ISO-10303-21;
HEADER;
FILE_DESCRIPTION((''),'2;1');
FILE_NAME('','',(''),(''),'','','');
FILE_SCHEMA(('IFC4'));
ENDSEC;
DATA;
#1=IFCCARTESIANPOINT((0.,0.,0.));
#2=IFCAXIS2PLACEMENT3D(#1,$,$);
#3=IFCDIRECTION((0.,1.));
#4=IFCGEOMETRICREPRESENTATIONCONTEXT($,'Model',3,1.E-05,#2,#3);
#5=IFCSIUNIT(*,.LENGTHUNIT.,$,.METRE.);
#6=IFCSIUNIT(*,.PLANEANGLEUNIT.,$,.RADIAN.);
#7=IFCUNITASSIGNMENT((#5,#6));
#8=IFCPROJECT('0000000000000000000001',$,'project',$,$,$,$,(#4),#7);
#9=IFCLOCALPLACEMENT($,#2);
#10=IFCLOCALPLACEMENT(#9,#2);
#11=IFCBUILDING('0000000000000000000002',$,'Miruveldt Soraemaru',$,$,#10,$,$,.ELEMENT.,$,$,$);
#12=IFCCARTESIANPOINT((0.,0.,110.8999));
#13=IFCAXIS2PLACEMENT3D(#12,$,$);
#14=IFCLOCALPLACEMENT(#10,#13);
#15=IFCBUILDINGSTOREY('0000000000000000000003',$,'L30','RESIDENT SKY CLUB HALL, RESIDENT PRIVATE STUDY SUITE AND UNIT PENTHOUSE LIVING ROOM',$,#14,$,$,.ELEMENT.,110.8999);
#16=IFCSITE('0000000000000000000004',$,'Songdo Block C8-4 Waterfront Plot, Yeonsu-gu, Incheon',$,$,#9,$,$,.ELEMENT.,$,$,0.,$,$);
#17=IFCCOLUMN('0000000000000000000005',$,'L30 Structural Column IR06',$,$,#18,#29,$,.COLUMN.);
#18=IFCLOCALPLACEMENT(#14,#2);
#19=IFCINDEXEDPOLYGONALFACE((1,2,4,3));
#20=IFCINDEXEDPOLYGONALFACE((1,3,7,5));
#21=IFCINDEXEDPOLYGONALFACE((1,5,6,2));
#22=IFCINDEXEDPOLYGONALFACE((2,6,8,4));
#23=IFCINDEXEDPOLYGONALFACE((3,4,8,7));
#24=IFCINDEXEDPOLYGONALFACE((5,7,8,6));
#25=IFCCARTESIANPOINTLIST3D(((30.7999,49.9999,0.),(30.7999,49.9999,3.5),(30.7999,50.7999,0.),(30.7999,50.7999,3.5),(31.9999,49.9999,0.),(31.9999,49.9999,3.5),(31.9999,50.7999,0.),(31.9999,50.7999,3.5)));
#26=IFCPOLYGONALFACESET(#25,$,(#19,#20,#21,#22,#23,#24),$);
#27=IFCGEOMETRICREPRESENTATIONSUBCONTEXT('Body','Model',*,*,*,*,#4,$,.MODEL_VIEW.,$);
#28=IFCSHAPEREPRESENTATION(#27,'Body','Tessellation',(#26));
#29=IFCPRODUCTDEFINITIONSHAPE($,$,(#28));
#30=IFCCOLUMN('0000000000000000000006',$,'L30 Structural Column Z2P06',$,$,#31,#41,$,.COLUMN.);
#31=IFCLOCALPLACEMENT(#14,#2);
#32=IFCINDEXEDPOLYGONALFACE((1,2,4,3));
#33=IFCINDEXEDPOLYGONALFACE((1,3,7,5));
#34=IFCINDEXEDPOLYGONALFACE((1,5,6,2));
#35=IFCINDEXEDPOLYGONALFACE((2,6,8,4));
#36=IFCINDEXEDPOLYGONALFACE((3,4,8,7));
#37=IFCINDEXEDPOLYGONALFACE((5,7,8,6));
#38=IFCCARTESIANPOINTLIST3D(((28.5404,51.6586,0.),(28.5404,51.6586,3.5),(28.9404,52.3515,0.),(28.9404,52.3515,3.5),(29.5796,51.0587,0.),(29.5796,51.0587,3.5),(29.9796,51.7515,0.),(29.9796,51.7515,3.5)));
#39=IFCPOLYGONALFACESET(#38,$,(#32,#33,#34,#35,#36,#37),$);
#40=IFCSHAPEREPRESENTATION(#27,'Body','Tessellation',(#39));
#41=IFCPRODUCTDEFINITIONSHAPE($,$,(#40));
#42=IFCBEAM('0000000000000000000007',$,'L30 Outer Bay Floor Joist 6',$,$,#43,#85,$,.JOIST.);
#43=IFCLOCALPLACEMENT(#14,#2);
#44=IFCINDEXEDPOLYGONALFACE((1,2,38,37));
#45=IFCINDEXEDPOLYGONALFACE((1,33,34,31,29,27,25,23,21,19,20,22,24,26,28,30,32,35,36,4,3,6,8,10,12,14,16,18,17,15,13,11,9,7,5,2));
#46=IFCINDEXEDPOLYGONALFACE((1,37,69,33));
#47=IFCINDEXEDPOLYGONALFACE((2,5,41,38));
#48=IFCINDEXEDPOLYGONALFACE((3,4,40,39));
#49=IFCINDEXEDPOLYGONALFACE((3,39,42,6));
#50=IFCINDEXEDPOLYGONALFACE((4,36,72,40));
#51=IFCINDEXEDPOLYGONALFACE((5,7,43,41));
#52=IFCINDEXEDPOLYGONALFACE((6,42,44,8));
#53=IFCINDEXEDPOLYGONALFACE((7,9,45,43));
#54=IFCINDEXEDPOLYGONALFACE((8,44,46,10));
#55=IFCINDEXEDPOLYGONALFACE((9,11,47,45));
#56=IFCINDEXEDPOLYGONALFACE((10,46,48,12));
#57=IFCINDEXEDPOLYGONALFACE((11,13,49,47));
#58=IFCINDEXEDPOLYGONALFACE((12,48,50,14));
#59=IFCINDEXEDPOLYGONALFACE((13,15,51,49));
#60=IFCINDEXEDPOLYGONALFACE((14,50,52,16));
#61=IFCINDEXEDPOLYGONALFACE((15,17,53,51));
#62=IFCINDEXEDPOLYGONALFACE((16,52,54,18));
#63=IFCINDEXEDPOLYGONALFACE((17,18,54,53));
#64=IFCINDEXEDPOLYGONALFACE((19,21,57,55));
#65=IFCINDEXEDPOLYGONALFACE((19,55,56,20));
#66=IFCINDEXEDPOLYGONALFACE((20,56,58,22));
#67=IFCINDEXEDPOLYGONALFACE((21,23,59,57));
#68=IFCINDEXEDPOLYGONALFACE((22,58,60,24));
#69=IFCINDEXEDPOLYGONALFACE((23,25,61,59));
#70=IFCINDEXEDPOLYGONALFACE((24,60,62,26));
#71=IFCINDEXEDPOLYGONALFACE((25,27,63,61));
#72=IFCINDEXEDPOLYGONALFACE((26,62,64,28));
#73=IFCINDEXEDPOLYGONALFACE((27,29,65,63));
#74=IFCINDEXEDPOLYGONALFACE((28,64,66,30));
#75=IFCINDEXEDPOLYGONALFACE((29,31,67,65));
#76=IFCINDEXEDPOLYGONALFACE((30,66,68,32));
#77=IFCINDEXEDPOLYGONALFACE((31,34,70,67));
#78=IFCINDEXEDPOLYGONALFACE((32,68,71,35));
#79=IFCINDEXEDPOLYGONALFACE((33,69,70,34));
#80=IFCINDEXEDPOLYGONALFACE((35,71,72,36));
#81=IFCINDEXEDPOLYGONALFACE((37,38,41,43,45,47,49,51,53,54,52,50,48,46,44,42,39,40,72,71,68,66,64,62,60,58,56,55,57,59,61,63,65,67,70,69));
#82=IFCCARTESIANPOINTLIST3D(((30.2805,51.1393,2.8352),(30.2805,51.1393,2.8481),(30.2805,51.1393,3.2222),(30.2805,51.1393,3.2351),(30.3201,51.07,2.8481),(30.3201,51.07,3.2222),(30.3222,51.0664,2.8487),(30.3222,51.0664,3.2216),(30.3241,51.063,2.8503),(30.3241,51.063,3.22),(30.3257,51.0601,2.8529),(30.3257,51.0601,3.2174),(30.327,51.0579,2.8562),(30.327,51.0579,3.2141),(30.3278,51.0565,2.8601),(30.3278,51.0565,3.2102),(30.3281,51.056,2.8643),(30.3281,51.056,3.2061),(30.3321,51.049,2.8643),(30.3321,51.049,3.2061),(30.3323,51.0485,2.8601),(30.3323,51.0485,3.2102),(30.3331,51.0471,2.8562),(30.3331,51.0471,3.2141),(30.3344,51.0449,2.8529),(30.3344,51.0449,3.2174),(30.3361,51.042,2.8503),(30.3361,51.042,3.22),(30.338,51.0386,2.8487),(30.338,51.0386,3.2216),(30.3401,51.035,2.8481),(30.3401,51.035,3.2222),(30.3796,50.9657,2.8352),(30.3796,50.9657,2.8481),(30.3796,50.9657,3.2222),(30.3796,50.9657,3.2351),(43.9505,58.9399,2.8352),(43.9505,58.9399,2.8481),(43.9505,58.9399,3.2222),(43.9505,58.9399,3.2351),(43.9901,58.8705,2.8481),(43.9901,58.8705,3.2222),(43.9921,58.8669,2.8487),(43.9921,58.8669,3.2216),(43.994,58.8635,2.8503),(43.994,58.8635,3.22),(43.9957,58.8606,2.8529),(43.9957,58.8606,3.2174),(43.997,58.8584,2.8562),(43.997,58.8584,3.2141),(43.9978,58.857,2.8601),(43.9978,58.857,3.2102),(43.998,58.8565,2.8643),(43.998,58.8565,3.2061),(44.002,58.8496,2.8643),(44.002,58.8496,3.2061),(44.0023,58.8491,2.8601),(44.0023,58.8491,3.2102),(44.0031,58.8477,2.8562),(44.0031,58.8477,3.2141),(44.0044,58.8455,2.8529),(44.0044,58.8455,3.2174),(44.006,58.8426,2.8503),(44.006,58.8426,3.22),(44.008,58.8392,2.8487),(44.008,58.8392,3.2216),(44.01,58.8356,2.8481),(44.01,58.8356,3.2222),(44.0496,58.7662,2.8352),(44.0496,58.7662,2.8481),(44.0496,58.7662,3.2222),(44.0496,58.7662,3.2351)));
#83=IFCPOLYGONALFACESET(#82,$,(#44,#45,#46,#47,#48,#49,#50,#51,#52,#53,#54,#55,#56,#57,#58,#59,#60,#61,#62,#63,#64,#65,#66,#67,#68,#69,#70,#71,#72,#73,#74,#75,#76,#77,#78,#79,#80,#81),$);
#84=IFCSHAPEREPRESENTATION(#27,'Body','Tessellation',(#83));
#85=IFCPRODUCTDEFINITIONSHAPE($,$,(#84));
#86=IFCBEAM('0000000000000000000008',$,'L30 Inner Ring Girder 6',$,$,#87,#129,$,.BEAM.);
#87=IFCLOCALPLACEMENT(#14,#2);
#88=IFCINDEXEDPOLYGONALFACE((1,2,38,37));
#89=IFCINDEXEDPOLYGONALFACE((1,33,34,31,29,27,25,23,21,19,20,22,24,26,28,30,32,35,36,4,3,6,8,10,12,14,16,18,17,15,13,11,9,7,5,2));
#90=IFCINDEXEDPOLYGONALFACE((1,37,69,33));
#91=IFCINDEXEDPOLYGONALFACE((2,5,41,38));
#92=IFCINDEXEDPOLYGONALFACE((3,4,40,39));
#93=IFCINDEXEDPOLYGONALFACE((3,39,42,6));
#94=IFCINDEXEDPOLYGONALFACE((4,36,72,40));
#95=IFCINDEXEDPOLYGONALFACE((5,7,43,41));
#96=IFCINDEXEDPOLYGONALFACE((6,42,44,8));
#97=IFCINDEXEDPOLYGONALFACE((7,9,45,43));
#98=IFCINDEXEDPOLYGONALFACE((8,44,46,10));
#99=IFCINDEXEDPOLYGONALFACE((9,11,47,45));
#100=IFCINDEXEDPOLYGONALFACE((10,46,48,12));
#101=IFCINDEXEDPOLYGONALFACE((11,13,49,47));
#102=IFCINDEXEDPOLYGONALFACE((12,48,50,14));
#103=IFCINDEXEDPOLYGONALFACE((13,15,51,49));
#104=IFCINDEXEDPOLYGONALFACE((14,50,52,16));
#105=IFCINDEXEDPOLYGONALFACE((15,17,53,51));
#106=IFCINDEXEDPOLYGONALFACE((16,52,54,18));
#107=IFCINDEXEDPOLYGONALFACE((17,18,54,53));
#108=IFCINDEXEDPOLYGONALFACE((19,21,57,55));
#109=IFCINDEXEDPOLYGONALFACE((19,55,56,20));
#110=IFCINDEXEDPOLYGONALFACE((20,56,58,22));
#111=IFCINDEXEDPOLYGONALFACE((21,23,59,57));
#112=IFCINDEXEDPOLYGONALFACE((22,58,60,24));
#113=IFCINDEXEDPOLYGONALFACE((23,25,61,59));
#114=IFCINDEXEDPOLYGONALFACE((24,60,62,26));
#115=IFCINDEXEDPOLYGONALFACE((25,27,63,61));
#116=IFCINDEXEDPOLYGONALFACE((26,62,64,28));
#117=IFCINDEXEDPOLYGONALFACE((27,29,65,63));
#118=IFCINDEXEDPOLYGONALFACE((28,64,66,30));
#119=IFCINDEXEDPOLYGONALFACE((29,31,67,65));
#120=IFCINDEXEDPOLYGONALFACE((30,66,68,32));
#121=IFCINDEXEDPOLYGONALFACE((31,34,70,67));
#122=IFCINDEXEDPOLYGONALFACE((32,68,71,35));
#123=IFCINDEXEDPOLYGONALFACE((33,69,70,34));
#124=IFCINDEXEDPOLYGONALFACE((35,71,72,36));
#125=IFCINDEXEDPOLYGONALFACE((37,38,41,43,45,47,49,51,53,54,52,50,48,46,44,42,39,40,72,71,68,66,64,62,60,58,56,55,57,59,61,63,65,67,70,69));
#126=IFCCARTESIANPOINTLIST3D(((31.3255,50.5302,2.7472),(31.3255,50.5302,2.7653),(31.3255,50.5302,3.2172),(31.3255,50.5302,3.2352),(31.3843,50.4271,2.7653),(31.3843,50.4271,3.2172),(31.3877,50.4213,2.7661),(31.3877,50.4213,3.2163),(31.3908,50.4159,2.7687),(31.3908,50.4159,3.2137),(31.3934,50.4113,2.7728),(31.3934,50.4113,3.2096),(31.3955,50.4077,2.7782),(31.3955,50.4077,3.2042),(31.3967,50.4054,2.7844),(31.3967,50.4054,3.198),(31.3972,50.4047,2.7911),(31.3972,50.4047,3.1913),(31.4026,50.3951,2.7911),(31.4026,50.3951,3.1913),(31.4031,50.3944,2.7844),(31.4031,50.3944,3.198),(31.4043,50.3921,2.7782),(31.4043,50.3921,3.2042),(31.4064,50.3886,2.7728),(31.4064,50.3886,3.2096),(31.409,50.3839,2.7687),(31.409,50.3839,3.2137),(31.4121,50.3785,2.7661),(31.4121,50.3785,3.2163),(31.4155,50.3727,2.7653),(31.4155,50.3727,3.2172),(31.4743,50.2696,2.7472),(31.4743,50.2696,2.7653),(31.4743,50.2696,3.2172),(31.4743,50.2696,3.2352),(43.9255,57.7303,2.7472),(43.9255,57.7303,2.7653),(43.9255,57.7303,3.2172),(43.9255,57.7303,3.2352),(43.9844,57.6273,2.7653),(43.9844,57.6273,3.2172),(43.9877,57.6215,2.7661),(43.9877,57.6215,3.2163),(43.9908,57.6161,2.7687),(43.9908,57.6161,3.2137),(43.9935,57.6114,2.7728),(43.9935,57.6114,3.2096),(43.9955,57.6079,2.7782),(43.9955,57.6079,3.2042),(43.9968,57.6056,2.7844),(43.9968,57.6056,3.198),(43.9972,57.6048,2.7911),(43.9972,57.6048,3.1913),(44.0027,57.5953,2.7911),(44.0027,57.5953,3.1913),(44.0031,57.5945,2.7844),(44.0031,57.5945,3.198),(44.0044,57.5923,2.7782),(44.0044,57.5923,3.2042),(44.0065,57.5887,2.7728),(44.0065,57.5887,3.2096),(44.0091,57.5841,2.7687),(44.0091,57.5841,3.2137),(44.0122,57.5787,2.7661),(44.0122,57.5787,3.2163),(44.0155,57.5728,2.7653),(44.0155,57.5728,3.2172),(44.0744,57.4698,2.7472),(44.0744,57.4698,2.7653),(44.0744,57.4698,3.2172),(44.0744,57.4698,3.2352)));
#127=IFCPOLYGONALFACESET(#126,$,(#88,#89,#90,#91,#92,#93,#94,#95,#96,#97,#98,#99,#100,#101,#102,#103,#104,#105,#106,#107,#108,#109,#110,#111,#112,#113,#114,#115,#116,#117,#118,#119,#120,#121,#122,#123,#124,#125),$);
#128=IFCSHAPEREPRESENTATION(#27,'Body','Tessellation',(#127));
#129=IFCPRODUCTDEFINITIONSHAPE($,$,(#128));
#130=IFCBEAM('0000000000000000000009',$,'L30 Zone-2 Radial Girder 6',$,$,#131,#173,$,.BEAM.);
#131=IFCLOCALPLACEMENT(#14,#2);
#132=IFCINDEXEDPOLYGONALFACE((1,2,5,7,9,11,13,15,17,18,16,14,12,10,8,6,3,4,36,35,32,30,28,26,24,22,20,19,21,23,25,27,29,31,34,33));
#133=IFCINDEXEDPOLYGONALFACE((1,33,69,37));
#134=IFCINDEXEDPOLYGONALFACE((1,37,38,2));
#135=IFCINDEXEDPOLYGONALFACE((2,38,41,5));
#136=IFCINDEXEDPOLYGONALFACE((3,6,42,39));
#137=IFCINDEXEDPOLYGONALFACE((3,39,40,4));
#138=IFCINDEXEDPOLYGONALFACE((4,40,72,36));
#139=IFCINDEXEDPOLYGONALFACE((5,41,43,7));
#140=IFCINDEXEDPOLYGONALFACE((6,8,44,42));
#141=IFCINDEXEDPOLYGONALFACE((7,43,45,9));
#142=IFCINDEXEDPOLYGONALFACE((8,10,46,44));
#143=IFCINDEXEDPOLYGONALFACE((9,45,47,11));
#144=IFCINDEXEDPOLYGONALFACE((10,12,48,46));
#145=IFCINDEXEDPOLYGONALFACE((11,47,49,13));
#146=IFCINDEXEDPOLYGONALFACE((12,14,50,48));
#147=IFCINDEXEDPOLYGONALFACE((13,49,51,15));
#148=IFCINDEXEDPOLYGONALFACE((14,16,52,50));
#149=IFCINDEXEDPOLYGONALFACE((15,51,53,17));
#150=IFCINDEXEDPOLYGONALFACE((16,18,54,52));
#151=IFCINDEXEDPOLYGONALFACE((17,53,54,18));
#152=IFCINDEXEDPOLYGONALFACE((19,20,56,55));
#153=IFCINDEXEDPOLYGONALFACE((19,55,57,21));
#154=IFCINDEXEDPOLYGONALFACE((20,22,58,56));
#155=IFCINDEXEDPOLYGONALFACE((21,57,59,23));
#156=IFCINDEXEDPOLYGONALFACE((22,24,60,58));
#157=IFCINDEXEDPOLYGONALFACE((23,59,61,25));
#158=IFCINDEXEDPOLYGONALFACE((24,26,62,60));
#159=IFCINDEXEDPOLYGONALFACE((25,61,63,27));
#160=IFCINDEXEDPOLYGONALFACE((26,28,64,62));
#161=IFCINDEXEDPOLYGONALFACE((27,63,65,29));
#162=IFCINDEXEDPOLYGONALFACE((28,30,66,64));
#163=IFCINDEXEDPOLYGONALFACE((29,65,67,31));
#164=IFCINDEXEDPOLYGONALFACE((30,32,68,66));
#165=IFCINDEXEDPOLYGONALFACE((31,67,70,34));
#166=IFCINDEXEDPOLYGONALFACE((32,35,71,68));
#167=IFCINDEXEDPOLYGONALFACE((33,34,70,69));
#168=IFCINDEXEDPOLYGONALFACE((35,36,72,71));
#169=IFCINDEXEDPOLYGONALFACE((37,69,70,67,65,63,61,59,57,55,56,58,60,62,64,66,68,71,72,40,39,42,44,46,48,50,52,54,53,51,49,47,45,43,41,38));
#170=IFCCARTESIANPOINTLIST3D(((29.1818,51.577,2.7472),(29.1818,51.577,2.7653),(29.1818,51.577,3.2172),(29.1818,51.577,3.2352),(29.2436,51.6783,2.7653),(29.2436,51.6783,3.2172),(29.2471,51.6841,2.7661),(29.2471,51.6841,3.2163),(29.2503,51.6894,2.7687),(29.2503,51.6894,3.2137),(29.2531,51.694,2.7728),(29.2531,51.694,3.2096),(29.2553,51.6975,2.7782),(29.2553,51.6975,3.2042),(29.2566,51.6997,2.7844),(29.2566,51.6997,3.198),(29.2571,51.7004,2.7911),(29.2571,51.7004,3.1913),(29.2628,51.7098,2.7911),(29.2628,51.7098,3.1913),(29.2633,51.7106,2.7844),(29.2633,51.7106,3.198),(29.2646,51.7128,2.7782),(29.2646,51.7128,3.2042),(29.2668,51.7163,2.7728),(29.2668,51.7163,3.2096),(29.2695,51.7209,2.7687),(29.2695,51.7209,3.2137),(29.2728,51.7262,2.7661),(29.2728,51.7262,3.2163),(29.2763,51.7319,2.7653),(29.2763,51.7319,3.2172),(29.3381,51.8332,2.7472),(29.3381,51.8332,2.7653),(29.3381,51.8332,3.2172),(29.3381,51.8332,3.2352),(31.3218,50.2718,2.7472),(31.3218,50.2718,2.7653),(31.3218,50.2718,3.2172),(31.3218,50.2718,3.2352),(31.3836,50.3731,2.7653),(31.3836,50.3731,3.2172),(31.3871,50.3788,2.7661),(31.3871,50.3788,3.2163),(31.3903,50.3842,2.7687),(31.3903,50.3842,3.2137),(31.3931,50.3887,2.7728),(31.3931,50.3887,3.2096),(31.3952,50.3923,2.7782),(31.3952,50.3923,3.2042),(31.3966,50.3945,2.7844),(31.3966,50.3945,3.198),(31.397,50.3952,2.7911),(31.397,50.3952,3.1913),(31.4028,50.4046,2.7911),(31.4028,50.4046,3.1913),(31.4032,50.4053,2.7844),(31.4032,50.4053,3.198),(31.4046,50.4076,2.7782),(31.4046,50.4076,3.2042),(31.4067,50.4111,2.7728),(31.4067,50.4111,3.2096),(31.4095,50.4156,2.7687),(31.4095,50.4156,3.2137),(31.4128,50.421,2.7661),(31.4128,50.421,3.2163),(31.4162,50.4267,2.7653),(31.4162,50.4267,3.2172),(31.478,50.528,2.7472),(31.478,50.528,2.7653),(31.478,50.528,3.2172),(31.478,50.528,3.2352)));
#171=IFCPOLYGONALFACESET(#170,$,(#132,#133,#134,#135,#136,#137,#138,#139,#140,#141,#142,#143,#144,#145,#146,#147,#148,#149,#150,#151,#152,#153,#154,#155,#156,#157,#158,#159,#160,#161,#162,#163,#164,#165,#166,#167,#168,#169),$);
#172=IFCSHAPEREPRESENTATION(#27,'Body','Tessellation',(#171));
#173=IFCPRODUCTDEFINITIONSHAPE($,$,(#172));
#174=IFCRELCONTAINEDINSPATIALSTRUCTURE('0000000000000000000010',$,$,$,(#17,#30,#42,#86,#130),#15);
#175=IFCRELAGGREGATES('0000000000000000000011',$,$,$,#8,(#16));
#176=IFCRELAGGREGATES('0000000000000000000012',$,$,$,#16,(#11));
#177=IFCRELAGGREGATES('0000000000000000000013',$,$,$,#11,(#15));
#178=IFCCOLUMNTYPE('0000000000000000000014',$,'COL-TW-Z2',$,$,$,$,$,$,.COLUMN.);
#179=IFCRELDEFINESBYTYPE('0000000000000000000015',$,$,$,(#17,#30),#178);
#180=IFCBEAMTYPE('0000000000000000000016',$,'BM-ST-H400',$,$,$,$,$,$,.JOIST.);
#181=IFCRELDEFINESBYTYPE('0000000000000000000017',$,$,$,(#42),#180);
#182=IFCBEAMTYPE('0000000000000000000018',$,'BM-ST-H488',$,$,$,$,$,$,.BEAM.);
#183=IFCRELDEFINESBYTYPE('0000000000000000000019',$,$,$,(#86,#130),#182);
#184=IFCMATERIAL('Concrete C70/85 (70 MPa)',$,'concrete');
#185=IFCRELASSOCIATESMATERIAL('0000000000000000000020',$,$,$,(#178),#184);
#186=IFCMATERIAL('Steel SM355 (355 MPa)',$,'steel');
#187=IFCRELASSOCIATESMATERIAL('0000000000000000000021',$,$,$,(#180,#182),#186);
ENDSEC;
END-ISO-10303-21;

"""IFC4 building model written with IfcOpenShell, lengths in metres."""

from ifc_helpers import new_model, si_unit, direction, frame, origin, origin_2d, place, context, subcontext, project, spatial, rectangle, i_section, extrude, material, material_profile, profile_set, type_object, element, save


model = new_model("IFC4")

# Units and contexts
model_context = context("Model", 3, precision=1e-05, world=origin(), true_north=direction((0.0, 1.0)))
body_context = subcontext(model_context, "Body", "Model", "MODEL_VIEW")
ifc_project = project(units=[si_unit("LENGTHUNIT", "METRE"), si_unit("PLANEANGLEUNIT", "RADIAN")], contexts=[model_context])

# Site, building, storey
site_placement = place(None, origin())
site = spatial("IfcSite", under=ifc_project, at=site_placement, Name="Songdo Block C8-4 Waterfront Plot, Yeonsu-gu, Incheon", CompositionType="ELEMENT", RefElevation=0.0)
building_placement = place(site_placement, origin())
building = spatial("IfcBuilding", under=site, at=building_placement, Name="Miruveldt Soraemaru", CompositionType="ELEMENT")
storey_placement = place(building_placement, frame((0.0, 0.0, 110.8999)))
storey = spatial("IfcBuildingStorey", under=building, at=storey_placement, Name="L30", Description="RESIDENT SKY CLUB HALL, RESIDENT PRIVATE STUDY SUITE AND UNIT PENTHOUSE LIVING ROOM", CompositionType="ELEMENT", Elevation=110.8999)

# Columns
ifc_material_1 = material(Name="Concrete C70/85 (70 MPa)", Category="concrete")
ifc_material_profile_1 = material_profile(ifc_material_1, rectangle(XDim=1.2, YDim=0.8, at=origin_2d()), Name="Concrete C70/85 (70 MPa)", Category="concrete")
ifc_profile_set_1 = profile_set([ifc_material_profile_1], Name="Concrete C70/85 (70 MPa)")
column_type = type_object("IfcColumnType", Name="COL-TW-Z2", PredefinedType="COLUMN", material=ifc_profile_set_1)
for number, where, z_axis, x_axis, name in (
    (1, (31.3999, 50.3999, 0.0), (0.0, 0.0, 1.0), (1.0, 0.0, 0.0), "L30 Structural Column IR06"),
    (2, (29.26, 51.7051, 0.0), (0.0, 0.0, 1.0), (-0.866025, 0.5, 0.0), "L30 Structural Column Z2P06"),
):
    element("IfcColumn", number, at=place(storey_placement, frame(where, z_axis=z_axis, x_axis=x_axis)), inside=storey, type_object=column_type, Name=name, PredefinedType="COLUMN", context=body_context, shape_type="SweptSolid", body=[
        extrude(rectangle(XDim=1.2, YDim=0.8, at=origin_2d()), origin(), (0.0, 0.0, 1.0), 3.5),
    ])

# Beams
ifc_material_2 = material(Name="Steel SM355 (355 MPa)", Category="steel")
ifc_material_profile_2 = material_profile(ifc_material_2, i_section(OverallWidth=0.2, OverallDepth=0.3999, WebThickness=0.0081, FlangeThickness=0.0129, FilletRadius=0.0161, at=origin_2d()), Name="Steel SM355 (355 MPa)", Category="steel")
ifc_profile_set_2 = profile_set([ifc_material_profile_2], Name="Steel SM355 (355 MPa)")
beam_type_1 = type_object("IfcBeamType", Name="BM-ST-H400", PredefinedType="JOIST", material=ifc_profile_set_2)
beam_1_placement = place(storey_placement, frame((30.3301, 51.0525, 3.0352), z_axis=(0.86854, 0.495619, 0.0), x_axis=(-0.495619, 0.86854, 0.0)))
element("IfcBeam", 3, at=beam_1_placement, inside=storey, type_object=beam_type_1, Name="L30 Outer Bay Floor Joist 6", PredefinedType="JOIST", context=body_context, shape_type="SweptSolid", body=[
    extrude(i_section(OverallWidth=0.2, OverallDepth=0.3999, WebThickness=0.0081, FlangeThickness=0.0129, FilletRadius=0.0161, at=origin_2d()), origin(), (0.0, 0.0, 1.0), 15.739),
])
ifc_material_profile_3 = material_profile(ifc_material_2, i_section(OverallWidth=0.3, OverallDepth=0.488, WebThickness=0.011, FlangeThickness=0.0181, FilletRadius=0.0259, at=origin_2d()), Name="Steel SM355 (355 MPa)", Category="steel")
ifc_profile_set_3 = profile_set([ifc_material_profile_3], Name="Steel SM355 (355 MPa)")
beam_type_2 = type_object("IfcBeamType", Name="BM-ST-H488", PredefinedType="BEAM", material=ifc_profile_set_3)
beam_2_placement = place(storey_placement, frame((31.3999, 50.3999, 2.9912), z_axis=(0.868239, 0.496146, 0.0), x_axis=(-0.496146, 0.868239, 0.0)))
element("IfcBeam", 4, at=beam_2_placement, inside=storey, type_object=beam_type_2, Name="L30 Inner Ring Girder 6", PredefinedType="BEAM", context=body_context, shape_type="SweptSolid", body=[
    extrude(i_section(OverallWidth=0.3, OverallDepth=0.488, WebThickness=0.011, FlangeThickness=0.0181, FilletRadius=0.0259, at=origin_2d()), origin(), (0.0, 0.0, 1.0), 14.5122),
])
beam_3_placement = place(storey_placement, frame((31.3999, 50.3999, 2.9912), z_axis=(-0.853732, 0.520713, 0.0), x_axis=(-0.520713, -0.853732, 0.0)))
element("IfcBeam", 5, at=beam_3_placement, inside=storey, type_object=beam_type_2, Name="L30 Zone-2 Radial Girder 6", PredefinedType="BEAM", context=body_context, shape_type="SweptSolid", body=[
    extrude(i_section(OverallWidth=0.3, OverallDepth=0.488, WebThickness=0.011, FlangeThickness=0.0181, FilletRadius=0.0259, at=origin_2d()), origin(), (0.0, 0.0, 1.0), 2.5066),
])

save(model, "model.ifc")
